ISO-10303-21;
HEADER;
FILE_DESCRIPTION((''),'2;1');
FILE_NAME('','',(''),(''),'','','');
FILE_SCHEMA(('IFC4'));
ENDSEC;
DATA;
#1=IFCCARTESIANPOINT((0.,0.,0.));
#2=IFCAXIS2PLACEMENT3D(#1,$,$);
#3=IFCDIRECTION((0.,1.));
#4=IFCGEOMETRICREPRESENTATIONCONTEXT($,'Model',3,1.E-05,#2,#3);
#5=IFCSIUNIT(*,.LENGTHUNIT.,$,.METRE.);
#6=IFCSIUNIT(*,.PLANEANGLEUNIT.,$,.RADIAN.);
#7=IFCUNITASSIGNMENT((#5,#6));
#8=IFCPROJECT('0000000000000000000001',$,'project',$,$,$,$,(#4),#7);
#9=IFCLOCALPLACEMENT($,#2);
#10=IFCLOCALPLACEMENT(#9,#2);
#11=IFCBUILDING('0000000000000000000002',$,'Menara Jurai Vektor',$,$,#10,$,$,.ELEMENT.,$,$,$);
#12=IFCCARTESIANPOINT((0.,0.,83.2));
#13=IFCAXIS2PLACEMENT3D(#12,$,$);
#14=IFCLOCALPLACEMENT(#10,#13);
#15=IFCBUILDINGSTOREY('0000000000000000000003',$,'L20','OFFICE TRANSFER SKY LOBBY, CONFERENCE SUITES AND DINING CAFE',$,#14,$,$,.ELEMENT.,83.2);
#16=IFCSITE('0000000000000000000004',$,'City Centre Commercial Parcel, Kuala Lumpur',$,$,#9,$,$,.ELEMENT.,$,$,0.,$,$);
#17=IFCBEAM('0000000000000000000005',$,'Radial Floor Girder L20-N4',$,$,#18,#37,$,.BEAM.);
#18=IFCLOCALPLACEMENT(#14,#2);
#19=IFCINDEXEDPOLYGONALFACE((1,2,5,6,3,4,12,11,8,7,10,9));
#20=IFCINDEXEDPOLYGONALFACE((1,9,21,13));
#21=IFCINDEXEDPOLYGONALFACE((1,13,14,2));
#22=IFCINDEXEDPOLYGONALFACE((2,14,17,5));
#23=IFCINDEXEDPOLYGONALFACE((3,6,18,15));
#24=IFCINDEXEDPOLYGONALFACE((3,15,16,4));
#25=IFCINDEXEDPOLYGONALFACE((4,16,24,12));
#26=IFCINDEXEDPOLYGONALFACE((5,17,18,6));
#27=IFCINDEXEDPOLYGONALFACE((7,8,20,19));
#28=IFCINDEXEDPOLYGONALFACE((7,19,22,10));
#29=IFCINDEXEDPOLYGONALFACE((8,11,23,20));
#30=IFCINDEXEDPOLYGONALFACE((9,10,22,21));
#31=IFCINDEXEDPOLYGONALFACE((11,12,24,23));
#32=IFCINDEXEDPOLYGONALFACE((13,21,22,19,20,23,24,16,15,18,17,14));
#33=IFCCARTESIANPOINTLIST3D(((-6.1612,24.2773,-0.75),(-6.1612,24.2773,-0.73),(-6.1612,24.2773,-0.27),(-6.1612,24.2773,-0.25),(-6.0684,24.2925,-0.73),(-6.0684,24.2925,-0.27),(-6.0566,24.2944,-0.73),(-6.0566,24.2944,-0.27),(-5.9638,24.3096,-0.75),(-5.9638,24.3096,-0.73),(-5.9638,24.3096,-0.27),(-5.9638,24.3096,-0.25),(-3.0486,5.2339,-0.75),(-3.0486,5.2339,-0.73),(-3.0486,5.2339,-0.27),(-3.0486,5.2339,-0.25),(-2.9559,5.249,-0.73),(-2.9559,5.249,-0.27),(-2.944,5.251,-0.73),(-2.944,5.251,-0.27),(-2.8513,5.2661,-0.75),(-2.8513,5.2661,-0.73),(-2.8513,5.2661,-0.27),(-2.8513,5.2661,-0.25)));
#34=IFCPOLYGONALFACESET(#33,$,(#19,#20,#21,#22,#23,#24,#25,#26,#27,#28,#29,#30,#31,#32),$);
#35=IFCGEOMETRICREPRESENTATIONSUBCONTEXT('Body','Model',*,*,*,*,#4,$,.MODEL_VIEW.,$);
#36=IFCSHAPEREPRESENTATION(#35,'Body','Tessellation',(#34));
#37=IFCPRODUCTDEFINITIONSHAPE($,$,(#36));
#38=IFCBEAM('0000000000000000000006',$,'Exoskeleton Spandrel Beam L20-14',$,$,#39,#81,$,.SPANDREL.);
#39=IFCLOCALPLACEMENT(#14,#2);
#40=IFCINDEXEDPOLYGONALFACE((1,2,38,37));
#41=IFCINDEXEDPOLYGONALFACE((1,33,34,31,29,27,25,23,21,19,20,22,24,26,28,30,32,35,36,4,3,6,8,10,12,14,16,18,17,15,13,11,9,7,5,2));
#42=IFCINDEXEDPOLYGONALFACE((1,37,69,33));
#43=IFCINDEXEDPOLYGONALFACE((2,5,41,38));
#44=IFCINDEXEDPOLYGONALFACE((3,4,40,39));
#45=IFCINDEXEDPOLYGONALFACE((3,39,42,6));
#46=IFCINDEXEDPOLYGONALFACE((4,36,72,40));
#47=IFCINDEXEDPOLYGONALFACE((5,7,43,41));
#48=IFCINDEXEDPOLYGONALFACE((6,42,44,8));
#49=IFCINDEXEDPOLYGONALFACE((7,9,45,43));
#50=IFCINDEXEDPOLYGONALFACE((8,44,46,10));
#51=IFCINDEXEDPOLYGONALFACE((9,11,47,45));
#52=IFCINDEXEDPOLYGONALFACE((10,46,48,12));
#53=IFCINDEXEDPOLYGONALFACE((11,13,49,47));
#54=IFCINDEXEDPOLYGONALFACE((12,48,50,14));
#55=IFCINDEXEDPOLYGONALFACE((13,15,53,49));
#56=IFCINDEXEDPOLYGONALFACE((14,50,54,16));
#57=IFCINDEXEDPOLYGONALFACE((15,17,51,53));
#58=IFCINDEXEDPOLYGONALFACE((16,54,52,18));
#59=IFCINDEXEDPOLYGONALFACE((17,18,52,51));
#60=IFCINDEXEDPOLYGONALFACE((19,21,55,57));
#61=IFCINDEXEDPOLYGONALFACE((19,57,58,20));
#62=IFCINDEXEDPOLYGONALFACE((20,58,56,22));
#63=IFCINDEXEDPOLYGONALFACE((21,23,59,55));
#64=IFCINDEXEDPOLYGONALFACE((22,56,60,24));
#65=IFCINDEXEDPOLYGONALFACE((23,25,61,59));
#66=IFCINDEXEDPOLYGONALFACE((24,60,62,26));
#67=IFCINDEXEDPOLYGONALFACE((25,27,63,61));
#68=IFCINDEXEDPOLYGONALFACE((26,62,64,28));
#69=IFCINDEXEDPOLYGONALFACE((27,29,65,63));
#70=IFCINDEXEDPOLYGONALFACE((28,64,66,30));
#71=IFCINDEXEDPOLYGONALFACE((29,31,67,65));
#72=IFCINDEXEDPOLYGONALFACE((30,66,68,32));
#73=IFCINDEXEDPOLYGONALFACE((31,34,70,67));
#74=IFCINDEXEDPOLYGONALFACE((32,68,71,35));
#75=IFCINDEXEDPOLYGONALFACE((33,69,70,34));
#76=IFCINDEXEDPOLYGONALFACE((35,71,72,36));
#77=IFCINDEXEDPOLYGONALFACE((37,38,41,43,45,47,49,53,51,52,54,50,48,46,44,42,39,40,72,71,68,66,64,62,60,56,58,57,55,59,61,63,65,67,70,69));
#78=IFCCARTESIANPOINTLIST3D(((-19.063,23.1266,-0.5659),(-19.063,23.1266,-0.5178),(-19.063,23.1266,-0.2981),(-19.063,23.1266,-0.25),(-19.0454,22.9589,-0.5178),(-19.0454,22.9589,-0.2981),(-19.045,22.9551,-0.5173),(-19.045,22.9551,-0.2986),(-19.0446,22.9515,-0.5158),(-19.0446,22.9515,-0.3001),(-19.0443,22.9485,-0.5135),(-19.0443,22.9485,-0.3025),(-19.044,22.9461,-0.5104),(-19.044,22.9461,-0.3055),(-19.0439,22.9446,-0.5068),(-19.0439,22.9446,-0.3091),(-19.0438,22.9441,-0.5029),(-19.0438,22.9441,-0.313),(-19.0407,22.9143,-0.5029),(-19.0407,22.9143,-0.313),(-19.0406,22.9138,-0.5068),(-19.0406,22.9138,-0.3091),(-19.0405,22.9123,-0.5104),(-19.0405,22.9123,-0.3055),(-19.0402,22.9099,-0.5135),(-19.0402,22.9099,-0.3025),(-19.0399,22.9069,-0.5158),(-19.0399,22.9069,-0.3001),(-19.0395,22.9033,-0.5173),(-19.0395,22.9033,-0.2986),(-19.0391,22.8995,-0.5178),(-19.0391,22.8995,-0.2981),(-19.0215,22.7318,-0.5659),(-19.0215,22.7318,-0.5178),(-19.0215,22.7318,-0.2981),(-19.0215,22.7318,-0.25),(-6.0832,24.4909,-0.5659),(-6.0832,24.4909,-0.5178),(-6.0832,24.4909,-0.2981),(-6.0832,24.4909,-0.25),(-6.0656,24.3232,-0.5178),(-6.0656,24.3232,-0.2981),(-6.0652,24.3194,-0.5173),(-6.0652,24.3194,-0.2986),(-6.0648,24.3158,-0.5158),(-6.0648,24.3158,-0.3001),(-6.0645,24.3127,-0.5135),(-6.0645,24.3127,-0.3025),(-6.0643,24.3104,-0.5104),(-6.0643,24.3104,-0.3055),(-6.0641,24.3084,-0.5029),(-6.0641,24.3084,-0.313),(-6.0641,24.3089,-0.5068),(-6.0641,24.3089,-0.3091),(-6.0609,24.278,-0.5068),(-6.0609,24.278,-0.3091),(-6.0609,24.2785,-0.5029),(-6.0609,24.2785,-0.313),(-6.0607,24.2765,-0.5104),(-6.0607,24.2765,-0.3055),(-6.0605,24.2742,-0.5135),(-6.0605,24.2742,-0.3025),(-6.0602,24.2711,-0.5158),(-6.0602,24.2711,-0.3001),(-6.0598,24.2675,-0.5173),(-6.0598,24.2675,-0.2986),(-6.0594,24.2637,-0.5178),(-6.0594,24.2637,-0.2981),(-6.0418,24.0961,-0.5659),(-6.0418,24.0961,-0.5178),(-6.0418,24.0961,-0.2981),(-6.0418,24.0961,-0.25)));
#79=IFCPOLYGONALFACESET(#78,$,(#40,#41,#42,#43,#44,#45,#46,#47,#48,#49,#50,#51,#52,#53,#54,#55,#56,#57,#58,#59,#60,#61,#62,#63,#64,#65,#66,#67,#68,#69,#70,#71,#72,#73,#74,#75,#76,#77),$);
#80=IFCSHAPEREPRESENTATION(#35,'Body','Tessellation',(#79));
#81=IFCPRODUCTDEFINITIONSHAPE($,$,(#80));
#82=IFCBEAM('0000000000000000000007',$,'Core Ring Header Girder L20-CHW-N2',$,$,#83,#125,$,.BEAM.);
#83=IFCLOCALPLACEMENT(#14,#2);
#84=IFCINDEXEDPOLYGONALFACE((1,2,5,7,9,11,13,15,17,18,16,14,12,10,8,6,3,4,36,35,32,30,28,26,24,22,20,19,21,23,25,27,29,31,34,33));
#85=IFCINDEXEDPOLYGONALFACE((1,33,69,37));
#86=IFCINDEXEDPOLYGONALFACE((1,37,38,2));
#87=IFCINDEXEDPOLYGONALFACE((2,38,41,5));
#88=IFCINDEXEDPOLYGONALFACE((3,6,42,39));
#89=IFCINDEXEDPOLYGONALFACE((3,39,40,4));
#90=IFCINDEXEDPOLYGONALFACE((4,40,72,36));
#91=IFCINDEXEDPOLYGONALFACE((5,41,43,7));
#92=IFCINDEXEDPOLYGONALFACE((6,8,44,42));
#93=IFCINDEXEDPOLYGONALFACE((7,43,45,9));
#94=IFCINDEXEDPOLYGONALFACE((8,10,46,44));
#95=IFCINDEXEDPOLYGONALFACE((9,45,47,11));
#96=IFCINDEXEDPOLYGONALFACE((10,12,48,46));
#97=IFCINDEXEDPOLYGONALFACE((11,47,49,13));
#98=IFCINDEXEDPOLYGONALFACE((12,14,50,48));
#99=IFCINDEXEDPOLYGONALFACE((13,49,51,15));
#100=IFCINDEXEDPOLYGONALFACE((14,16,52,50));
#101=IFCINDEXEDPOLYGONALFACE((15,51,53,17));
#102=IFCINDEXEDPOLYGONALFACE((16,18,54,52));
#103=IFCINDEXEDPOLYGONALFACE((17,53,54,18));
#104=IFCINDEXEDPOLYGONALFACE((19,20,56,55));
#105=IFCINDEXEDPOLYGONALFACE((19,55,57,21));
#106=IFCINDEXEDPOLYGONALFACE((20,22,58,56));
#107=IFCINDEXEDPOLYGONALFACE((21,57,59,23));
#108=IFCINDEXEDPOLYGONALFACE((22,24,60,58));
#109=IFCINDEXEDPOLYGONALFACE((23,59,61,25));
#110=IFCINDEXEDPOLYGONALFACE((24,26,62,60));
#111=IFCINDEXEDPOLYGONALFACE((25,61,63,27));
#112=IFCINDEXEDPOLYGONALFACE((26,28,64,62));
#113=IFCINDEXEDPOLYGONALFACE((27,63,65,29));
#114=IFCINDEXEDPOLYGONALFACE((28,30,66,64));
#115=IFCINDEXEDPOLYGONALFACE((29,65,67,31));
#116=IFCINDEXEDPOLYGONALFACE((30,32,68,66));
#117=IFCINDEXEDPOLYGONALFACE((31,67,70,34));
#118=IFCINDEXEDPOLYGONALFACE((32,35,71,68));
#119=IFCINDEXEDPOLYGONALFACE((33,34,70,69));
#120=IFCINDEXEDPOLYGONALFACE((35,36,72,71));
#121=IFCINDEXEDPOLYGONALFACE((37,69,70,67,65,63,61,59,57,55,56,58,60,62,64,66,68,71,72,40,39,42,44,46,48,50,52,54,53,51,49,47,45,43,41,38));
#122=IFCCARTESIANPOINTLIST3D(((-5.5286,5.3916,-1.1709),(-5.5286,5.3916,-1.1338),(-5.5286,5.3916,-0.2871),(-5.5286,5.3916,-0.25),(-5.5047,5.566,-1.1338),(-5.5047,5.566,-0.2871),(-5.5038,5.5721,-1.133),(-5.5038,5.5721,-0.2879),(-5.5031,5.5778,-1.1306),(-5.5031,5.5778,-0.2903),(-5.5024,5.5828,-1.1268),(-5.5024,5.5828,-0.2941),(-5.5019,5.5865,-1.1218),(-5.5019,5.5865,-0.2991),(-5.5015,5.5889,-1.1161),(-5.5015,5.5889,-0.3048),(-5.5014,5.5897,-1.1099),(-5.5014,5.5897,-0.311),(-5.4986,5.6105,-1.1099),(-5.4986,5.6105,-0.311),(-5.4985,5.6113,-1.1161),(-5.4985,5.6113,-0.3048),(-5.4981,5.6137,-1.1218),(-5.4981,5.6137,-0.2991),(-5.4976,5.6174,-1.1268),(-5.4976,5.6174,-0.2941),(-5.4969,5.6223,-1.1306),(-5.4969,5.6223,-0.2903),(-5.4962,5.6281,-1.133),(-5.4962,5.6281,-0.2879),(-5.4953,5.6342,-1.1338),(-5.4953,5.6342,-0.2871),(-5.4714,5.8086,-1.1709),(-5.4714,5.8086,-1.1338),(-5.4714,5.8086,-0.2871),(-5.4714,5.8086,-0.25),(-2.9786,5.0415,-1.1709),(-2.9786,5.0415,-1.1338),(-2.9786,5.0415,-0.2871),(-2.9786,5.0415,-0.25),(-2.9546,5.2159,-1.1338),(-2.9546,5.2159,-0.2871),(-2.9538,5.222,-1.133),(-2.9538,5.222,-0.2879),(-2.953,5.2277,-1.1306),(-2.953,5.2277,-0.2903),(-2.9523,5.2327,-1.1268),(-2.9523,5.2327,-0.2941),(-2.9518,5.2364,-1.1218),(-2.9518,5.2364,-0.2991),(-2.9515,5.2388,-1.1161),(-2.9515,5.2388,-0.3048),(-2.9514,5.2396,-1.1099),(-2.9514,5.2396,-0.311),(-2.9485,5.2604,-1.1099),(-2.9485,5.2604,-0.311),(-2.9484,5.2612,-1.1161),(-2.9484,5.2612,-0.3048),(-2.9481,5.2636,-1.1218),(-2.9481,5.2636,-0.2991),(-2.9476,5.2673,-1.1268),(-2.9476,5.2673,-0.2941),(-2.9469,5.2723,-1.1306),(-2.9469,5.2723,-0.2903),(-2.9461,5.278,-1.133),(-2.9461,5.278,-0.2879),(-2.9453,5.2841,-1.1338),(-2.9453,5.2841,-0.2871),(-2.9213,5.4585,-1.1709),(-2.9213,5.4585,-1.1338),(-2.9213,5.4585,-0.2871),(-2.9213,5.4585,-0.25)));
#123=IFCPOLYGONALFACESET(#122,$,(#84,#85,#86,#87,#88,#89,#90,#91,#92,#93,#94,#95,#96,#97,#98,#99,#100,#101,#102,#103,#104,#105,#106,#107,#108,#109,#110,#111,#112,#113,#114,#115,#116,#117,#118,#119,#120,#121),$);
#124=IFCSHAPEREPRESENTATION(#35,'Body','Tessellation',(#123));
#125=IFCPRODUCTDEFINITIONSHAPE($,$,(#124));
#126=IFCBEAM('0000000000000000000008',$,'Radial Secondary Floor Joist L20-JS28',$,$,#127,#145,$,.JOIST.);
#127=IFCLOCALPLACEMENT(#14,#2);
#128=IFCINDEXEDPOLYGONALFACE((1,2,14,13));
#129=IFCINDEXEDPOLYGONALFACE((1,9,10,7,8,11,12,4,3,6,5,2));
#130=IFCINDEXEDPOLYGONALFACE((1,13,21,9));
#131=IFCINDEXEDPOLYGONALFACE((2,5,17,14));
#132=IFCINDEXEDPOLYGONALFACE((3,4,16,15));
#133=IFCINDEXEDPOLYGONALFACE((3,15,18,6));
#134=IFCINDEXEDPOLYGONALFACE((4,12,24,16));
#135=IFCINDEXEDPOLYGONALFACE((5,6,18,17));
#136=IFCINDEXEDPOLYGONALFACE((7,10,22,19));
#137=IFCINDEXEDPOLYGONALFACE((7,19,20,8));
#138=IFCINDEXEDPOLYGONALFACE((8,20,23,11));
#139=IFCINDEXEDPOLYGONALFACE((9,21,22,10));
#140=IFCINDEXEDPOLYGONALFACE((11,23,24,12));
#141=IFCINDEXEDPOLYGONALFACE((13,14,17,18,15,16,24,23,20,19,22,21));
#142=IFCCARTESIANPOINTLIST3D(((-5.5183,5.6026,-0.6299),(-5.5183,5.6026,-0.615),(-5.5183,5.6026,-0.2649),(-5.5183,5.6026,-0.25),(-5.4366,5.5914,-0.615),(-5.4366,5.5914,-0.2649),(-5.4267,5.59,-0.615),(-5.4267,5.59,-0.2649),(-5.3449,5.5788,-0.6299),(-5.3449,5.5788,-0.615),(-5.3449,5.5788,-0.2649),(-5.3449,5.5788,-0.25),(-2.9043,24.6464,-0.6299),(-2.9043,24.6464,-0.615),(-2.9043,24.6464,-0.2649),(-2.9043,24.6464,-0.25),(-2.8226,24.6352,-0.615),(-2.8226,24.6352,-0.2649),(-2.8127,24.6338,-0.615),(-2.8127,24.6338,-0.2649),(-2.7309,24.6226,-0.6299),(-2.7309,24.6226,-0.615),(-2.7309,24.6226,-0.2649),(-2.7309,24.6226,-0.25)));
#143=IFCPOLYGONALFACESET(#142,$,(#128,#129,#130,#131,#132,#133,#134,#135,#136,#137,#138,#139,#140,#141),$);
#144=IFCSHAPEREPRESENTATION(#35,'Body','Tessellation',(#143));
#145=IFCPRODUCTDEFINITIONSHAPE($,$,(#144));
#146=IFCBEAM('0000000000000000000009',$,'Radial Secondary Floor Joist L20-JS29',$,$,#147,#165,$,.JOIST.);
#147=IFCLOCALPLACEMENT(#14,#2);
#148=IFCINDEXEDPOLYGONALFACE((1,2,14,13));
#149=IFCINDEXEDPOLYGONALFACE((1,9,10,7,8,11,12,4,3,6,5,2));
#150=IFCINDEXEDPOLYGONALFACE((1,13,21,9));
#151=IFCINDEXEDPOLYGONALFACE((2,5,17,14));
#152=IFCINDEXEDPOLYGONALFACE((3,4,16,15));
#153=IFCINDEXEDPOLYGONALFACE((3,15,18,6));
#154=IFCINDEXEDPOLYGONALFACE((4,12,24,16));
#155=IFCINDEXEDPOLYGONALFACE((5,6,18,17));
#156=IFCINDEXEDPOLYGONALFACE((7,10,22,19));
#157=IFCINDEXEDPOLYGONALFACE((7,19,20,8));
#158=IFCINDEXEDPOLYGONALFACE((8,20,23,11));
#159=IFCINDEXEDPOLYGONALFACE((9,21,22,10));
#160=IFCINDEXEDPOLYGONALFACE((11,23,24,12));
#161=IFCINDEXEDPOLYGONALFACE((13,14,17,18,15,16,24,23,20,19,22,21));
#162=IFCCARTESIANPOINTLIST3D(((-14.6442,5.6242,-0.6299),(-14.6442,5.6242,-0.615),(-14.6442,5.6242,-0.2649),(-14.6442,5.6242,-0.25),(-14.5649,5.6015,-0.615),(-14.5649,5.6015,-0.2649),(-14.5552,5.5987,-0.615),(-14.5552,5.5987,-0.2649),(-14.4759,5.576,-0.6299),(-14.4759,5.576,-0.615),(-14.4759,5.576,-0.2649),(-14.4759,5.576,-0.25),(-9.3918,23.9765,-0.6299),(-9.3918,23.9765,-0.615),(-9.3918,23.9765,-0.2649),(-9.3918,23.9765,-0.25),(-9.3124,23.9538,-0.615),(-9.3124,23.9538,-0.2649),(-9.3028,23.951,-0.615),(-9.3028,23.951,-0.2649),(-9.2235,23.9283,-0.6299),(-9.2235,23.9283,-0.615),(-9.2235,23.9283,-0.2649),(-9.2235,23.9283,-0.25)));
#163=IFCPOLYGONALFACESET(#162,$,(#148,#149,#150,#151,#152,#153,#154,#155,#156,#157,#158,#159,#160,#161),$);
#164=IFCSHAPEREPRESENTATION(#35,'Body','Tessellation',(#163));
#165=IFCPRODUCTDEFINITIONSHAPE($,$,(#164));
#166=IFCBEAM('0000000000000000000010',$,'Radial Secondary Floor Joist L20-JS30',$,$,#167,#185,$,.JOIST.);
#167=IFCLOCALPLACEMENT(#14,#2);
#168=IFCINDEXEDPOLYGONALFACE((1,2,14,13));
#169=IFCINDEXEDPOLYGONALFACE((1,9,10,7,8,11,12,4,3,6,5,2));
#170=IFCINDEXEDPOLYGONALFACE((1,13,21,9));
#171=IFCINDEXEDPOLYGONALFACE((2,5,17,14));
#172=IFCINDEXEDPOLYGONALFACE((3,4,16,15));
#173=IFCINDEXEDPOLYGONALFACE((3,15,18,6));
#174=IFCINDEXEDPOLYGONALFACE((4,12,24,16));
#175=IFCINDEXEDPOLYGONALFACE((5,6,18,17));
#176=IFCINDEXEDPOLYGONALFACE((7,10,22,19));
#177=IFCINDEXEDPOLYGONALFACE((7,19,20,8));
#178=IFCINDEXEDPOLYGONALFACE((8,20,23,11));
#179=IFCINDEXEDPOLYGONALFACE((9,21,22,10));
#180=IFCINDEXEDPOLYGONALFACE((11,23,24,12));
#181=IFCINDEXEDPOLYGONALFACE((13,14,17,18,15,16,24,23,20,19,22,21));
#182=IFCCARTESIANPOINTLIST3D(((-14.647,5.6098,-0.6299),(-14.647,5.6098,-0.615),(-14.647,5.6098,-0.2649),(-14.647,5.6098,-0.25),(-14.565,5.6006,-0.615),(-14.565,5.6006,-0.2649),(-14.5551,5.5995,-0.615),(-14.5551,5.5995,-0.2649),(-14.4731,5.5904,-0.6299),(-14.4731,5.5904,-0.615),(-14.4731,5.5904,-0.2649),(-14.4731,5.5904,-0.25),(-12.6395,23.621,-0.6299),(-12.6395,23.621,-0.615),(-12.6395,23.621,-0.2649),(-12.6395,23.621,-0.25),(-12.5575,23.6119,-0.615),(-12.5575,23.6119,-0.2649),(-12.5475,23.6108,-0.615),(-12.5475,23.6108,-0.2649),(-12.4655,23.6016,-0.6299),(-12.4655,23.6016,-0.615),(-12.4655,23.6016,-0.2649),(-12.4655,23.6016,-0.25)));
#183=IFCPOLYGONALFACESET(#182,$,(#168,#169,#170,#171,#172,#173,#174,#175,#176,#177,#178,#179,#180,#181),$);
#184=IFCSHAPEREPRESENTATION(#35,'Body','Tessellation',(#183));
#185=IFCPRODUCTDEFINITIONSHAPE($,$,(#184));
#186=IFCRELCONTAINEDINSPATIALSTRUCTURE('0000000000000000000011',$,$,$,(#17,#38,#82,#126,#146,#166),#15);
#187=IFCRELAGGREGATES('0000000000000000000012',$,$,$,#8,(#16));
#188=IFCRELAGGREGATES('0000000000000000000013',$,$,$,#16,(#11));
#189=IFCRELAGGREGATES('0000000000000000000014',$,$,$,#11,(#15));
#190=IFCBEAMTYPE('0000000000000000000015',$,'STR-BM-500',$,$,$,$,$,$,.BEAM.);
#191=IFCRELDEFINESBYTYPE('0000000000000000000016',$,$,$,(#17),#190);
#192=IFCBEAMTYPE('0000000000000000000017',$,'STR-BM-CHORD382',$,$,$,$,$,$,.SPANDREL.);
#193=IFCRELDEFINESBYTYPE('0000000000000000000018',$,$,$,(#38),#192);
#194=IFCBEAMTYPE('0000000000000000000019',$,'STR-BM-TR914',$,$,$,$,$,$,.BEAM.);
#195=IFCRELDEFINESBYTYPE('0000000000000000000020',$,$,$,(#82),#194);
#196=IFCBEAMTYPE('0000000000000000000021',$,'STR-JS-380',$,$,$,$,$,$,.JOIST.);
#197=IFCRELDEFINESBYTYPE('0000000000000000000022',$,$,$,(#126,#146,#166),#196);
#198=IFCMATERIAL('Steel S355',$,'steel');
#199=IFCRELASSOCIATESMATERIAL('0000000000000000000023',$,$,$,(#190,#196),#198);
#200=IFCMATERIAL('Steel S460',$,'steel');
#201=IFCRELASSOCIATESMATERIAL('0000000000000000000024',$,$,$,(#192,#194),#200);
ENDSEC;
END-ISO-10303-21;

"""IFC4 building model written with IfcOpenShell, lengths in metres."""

from ifc_helpers import new_model, si_unit, direction, frame, origin, origin_2d, place, context, subcontext, project, spatial, i_section, extrude, material, material_profile, profile_set, type_object, element, save


model = new_model("IFC4")

# Units and contexts
model_context = context("Model", 3, precision=1e-05, world=origin(), true_north=direction((0.0, 1.0)))
body_context = subcontext(model_context, "Body", "Model", "MODEL_VIEW")
ifc_project = project(units=[si_unit("LENGTHUNIT", "METRE"), si_unit("PLANEANGLEUNIT", "RADIAN")], contexts=[model_context])

# Site, building, storey
site_placement = place(None, origin())
site = spatial("IfcSite", under=ifc_project, at=site_placement, Name="City Centre Commercial Parcel, Kuala Lumpur", CompositionType="ELEMENT", RefElevation=0.0)
building_placement = place(site_placement, origin())
building = spatial("IfcBuilding", under=site, at=building_placement, Name="Menara Jurai Vektor", CompositionType="ELEMENT")
storey_placement = place(building_placement, frame((0.0, 0.0, 83.2)))
storey = spatial("IfcBuildingStorey", under=building, at=storey_placement, Name="L20", Description="OFFICE TRANSFER SKY LOBBY, CONFERENCE SUITES AND DINING CAFE", CompositionType="ELEMENT", Elevation=83.2)

# Shared definitions
ifc_material_1 = material(Name="Steel S355", Category="steel")
ifc_material_2 = material(Name="Steel S460", Category="steel")

# Beams
ifc_material_profile_1 = material_profile(ifc_material_1, i_section(OverallWidth=0.2, OverallDepth=0.5, WebThickness=0.012, FlangeThickness=0.02, at=origin_2d()), Name="PG 500x200x96")
ifc_profile_set_1 = profile_set([ifc_material_profile_1], Name="Steel S355")
beam_type_1 = type_object("IfcBeamType", Name="STR-BM-500", PredefinedType="BEAM", material=ifc_profile_set_1)
beam_1_placement = place(storey_placement, frame((-6.0625, 24.2935, -0.5), z_axis=(0.161304, -0.986905, 0.0), x_axis=(0.986905, 0.161304, 0.0)))
element("IfcBeam", 1, at=beam_1_placement, inside=storey, type_object=beam_type_1, Name="Radial Floor Girder L20-N4", PredefinedType="BEAM", context=body_context, shape_type="SweptSolid", body=[
    extrude(i_section(OverallWidth=0.2, OverallDepth=0.5, WebThickness=0.012, FlangeThickness=0.02, at=origin_2d()), origin(), (0.0, 0.0, 1.0), 19.2961),
])
ifc_material_profile_2 = material_profile(ifc_material_2, i_section(OverallWidth=0.397, OverallDepth=0.3159, WebThickness=0.03, FlangeThickness=0.0481, FilletRadius=0.0149, at=origin_2d()), Name="HD 400x382")
ifc_profile_set_2 = profile_set([ifc_material_profile_2], Name="Steel S460")
beam_type_2 = type_object("IfcBeamType", Name="STR-BM-CHORD382", PredefinedType="SPANDREL", material=ifc_profile_set_2)
beam_2_placement = place(storey_placement, frame((-6.0625, 24.2935, -0.408), z_axis=(-0.994522, -0.104531, 0.0), x_axis=(0.104531, -0.994522, 0.0)))
element("IfcBeam", 2, at=beam_2_placement, inside=storey, type_object=beam_type_2, Name="Exoskeleton Spandrel Beam L20-14", PredefinedType="SPANDREL", context=body_context, shape_type="SweptSolid", body=[
    extrude(i_section(OverallWidth=0.397, OverallDepth=0.3159, WebThickness=0.03, FlangeThickness=0.0481, FilletRadius=0.0149, at=origin_2d()), origin(), (0.0, 0.0, 1.0), 13.0513),
])
ifc_material_profile_3 = material_profile(ifc_material_2, i_section(OverallWidth=0.4209, OverallDepth=0.9209, WebThickness=0.021, FlangeThickness=0.0371, FilletRadius=0.0239, at=origin_2d()), Name="UKB 914x419x388")
ifc_profile_set_3 = profile_set([ifc_material_profile_3], Name="Steel S460")
beam_type_3 = type_object("IfcBeamType", Name="STR-BM-TR914", PredefinedType="BEAM", material=ifc_profile_set_3)
beam_3_placement = place(storey_placement, frame((-5.5, 5.6001, -0.7104), z_axis=(0.990707, -0.136015, 0.0), x_axis=(0.136015, 0.990707, 0.0)))
element("IfcBeam", 3, at=beam_3_placement, inside=storey, type_object=beam_type_3, Name="Core Ring Header Girder L20-CHW-N2", PredefinedType="BEAM", context=body_context, shape_type="SweptSolid", body=[
    extrude(i_section(OverallWidth=0.4209, OverallDepth=0.9209, WebThickness=0.021, FlangeThickness=0.0371, FilletRadius=0.0239, at=origin_2d()), origin(), (0.0, 0.0, 1.0), 2.574),
])
ifc_material_profile_4 = material_profile(ifc_material_1, i_section(OverallWidth=0.175, OverallDepth=0.3799, WebThickness=0.01, FlangeThickness=0.0149, at=origin_2d()), Name="PG 380x175x58")
ifc_profile_set_4 = profile_set([ifc_material_profile_4], Name="Steel S355")
beam_type_4 = type_object("IfcBeamType", Name="STR-JS-380", PredefinedType="JOIST", material=ifc_profile_set_4)
beam_4_placement = place(storey_placement, frame((-2.8176, 24.6345, -0.4399), z_axis=(-0.135987, -0.990711, 0.0), x_axis=(0.990711, -0.135987, 0.0)))
element("IfcBeam", 4, at=beam_4_placement, inside=storey, type_object=beam_type_4, Name="Radial Secondary Floor Joist L20-JS28", PredefinedType="JOIST", context=body_context, shape_type="SweptSolid", body=[
    extrude(i_section(OverallWidth=0.175, OverallDepth=0.3799, WebThickness=0.01, FlangeThickness=0.0149, at=origin_2d()), origin(), (0.0, 0.0, 1.0), 19.2224),
])
beam_5_placement = place(storey_placement, frame((-9.3076, 23.9524, -0.4399), z_axis=(-0.275154, -0.9614, 0.0), x_axis=(0.9614, -0.275154, 0.0)))
element("IfcBeam", 5, at=beam_5_placement, inside=storey, type_object=beam_type_4, Name="Radial Secondary Floor Joist L20-JS29", PredefinedType="JOIST", context=body_context, shape_type="SweptSolid", body=[
    extrude(i_section(OverallWidth=0.175, OverallDepth=0.3799, WebThickness=0.01, FlangeThickness=0.0149, at=origin_2d()), origin(), (0.0, 0.0, 1.0), 19.0891),
])
beam_6_placement = place(storey_placement, frame((-12.5525, 23.6113, -0.4399), z_axis=(-0.110776, -0.993845, 0.0), x_axis=(0.993845, -0.110776, 0.0)))
element("IfcBeam", 6, at=beam_6_placement, inside=storey, type_object=beam_type_4, Name="Radial Secondary Floor Joist L20-JS30", PredefinedType="JOIST", context=body_context, shape_type="SweptSolid", body=[
    extrude(i_section(OverallWidth=0.175, OverallDepth=0.3799, WebThickness=0.01, FlangeThickness=0.0149, at=origin_2d()), origin(), (0.0, 0.0, 1.0), 18.1228),
])

save(model, "model.ifc")
